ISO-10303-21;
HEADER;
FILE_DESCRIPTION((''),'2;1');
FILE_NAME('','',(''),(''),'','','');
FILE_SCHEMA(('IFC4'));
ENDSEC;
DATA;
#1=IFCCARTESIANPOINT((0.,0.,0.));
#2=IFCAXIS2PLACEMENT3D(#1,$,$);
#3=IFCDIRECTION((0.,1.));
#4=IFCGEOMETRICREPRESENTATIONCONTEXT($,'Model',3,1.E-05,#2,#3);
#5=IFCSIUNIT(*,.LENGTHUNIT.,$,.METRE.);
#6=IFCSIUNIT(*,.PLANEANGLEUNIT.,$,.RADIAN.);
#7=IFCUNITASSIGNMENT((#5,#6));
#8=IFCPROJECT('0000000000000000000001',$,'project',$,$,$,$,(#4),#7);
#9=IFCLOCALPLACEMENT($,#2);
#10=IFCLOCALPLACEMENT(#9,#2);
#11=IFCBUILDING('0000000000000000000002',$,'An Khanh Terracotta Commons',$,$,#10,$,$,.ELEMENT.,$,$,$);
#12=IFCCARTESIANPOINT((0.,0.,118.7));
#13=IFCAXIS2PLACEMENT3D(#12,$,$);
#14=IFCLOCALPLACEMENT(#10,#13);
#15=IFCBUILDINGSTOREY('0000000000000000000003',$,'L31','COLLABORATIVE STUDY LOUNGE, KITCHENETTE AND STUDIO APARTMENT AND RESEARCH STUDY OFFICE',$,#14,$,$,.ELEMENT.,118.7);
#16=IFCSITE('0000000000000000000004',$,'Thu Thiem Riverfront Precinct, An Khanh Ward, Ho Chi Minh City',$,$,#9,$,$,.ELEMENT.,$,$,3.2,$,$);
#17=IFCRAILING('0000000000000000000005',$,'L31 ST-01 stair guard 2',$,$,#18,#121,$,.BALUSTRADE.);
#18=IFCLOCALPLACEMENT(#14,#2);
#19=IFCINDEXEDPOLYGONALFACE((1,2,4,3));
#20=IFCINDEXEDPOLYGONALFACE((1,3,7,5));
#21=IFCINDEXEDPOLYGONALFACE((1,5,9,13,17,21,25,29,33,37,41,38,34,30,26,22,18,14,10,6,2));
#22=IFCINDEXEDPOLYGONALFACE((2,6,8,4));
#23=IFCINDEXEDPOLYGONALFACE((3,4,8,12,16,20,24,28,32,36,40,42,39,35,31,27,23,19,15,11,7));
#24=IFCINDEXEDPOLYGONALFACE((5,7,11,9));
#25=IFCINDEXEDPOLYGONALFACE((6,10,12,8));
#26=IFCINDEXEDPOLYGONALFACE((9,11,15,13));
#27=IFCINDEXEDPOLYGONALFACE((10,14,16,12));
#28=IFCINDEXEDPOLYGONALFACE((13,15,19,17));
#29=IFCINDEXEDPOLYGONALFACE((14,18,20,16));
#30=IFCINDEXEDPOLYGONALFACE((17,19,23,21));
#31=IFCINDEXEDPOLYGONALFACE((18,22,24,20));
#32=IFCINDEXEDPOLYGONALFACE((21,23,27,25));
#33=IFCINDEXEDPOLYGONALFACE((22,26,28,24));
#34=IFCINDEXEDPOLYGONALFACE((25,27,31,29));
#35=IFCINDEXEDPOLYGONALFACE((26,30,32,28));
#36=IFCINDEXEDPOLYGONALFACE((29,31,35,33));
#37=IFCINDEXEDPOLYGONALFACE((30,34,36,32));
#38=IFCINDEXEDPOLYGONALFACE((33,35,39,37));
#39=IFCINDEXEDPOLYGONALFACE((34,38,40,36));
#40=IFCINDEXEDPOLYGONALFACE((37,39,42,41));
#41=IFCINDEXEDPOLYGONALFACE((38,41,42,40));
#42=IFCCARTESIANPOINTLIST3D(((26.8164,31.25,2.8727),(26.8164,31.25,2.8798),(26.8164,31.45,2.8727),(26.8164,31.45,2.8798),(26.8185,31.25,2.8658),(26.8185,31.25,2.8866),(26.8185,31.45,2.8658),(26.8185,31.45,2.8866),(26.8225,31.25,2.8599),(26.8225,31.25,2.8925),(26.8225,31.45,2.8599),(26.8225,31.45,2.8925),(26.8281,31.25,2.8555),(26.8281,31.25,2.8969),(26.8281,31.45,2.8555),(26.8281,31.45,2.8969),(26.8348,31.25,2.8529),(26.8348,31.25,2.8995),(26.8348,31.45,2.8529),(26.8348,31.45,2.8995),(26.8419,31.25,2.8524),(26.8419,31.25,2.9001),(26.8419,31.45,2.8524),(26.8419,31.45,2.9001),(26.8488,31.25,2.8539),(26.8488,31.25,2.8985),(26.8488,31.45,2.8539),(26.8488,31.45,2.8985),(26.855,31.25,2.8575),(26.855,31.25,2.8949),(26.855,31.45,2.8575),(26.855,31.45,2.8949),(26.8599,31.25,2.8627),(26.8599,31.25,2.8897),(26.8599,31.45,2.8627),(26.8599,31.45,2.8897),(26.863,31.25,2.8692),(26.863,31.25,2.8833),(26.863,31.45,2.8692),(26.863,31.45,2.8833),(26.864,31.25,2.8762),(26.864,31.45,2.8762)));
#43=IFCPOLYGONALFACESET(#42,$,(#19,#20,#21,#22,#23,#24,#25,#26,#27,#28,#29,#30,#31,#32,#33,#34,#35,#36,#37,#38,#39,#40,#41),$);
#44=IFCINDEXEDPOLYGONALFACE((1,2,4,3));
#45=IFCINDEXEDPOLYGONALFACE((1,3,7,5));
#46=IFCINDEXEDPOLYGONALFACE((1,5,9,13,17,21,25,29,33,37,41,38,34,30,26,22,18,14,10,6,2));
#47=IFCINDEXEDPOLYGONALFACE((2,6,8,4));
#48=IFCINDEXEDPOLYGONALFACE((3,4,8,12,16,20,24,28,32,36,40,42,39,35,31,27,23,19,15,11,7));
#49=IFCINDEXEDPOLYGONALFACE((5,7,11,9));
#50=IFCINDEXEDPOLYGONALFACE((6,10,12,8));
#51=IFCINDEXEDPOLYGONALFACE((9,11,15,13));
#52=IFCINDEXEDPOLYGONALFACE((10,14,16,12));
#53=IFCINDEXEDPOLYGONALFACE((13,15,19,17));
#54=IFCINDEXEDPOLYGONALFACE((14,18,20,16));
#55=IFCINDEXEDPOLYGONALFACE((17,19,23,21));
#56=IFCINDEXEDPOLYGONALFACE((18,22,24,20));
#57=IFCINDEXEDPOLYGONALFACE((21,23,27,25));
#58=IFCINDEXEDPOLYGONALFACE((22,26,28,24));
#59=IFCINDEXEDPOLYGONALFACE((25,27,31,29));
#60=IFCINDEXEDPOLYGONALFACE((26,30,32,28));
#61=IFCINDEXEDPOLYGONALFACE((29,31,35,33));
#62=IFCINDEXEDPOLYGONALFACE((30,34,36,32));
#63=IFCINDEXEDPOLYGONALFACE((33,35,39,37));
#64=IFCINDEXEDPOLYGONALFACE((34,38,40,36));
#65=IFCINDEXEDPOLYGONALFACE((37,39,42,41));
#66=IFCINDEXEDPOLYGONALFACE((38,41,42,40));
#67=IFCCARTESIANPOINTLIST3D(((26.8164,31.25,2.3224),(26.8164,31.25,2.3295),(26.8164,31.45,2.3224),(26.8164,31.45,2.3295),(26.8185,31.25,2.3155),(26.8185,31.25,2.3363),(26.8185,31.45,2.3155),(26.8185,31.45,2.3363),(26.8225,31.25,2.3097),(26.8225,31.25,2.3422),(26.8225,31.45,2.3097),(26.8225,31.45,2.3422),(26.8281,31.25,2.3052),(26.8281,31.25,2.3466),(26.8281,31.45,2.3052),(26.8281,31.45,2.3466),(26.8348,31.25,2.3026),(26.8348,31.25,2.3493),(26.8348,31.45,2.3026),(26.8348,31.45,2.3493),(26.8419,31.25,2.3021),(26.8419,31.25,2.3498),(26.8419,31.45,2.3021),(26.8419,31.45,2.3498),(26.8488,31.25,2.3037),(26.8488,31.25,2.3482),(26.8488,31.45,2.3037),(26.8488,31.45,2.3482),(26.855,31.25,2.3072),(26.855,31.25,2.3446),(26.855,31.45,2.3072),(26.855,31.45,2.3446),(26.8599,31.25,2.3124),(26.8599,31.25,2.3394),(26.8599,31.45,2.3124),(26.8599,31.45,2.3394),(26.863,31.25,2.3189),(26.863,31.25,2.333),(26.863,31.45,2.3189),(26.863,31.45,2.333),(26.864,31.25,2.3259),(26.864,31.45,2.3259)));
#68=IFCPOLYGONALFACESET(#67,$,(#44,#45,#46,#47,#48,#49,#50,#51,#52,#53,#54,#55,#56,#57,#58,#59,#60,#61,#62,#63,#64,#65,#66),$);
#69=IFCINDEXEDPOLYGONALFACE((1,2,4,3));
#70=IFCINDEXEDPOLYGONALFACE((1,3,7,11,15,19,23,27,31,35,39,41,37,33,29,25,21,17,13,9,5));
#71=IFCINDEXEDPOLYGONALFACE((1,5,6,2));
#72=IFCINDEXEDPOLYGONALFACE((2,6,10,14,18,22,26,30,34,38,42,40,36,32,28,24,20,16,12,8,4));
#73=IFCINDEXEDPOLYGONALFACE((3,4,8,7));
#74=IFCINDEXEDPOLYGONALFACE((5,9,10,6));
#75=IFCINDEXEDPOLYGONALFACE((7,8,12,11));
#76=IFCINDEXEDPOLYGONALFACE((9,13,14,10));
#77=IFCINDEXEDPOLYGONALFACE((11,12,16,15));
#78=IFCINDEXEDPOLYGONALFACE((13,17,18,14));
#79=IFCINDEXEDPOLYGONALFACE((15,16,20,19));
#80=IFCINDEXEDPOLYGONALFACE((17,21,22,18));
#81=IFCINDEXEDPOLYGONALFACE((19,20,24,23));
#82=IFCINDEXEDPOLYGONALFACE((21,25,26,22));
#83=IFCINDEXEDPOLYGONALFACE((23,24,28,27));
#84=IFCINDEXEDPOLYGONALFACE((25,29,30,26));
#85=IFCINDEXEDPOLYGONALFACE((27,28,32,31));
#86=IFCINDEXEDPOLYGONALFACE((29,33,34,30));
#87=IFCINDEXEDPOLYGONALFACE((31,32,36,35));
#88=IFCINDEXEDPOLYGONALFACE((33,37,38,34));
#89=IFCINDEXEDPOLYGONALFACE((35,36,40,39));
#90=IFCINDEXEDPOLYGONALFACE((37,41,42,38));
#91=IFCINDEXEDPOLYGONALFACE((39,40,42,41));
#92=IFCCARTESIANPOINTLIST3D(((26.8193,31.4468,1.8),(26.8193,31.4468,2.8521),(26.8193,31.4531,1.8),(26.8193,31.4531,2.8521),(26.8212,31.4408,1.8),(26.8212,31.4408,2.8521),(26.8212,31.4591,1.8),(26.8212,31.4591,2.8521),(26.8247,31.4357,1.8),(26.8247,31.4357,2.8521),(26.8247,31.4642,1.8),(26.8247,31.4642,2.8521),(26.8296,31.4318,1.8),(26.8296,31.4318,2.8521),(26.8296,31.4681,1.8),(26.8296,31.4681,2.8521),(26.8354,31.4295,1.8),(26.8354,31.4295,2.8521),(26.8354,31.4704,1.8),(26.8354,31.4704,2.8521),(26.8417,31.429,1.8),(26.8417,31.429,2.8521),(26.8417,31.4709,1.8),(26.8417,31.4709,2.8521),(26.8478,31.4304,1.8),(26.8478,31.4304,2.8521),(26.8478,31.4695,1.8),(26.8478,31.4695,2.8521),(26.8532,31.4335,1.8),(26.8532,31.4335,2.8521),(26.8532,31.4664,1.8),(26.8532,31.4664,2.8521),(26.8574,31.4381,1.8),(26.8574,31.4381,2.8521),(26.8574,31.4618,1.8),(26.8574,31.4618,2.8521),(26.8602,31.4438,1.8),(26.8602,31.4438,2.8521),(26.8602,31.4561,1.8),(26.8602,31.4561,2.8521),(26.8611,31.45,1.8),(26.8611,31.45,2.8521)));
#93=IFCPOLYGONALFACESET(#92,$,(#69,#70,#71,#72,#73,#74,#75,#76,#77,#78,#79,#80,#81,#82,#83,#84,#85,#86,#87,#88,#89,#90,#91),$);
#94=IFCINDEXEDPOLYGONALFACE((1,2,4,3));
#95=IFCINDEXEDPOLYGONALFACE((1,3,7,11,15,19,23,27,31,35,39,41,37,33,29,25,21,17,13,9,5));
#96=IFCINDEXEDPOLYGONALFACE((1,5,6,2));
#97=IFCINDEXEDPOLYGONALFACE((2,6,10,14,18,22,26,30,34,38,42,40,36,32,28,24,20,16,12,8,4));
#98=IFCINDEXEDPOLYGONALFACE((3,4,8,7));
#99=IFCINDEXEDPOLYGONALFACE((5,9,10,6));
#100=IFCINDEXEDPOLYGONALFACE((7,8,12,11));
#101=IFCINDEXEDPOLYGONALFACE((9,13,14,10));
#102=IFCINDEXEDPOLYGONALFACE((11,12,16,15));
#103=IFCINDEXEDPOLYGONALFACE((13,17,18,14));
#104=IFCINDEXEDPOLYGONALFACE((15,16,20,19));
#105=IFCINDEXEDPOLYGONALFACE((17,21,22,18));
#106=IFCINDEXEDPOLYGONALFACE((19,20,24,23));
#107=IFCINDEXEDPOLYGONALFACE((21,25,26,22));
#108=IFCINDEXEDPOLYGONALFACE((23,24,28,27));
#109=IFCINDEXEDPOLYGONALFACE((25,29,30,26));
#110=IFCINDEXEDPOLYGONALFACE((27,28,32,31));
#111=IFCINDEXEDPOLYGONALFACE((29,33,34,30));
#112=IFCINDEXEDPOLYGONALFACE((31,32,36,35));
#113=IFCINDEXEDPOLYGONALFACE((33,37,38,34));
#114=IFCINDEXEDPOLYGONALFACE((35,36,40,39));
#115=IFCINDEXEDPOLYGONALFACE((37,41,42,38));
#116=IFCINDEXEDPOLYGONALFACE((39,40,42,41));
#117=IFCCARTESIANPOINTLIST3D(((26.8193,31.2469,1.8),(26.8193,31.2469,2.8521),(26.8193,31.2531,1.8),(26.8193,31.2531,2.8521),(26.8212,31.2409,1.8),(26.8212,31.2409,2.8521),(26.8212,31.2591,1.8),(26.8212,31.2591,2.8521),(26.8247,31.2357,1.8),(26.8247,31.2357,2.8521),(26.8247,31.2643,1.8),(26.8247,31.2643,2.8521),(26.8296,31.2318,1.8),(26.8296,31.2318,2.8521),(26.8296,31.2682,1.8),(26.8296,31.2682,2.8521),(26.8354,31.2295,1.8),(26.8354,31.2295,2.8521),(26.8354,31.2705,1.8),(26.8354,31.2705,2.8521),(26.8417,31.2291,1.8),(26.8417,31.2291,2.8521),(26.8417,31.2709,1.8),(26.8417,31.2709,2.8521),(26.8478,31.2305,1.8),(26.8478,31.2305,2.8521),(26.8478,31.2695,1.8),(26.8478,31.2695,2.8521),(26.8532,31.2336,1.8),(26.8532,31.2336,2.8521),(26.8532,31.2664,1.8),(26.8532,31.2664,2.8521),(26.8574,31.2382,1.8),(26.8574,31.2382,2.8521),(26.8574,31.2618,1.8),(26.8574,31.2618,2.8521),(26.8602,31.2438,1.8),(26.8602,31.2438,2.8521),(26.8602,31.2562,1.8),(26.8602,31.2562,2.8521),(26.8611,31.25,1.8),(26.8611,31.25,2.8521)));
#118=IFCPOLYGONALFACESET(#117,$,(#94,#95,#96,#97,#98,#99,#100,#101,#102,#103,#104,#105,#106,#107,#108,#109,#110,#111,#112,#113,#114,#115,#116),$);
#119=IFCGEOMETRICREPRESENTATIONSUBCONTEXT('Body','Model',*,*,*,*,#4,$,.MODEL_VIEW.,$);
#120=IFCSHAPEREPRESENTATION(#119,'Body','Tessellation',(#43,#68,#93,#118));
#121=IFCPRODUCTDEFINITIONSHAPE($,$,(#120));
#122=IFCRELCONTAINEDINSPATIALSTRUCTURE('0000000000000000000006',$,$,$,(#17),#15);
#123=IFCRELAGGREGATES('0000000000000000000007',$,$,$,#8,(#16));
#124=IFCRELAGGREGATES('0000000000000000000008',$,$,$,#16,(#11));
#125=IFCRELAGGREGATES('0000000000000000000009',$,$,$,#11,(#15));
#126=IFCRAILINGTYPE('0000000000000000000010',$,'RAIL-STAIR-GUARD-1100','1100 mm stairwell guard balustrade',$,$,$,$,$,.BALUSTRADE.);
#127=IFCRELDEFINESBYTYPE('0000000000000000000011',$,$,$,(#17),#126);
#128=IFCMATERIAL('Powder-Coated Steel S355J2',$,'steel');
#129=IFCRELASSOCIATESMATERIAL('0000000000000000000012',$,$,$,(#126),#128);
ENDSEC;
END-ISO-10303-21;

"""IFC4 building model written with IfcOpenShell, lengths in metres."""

from ifc_helpers import new_model, si_unit, direction, frame, origin, origin_2d, place, context, subcontext, project, spatial, circle, extrude, material, type_object, element, save


model = new_model("IFC4")

# Units and contexts
model_context = context("Model", 3, precision=1e-05, world=origin(), true_north=direction((0.0, 1.0)))
body_context = subcontext(model_context, "Body", "Model", "MODEL_VIEW")
ifc_project = project(units=[si_unit("LENGTHUNIT", "METRE"), si_unit("PLANEANGLEUNIT", "RADIAN")], contexts=[model_context])

# Site, building, storey
site_placement = place(None, origin())
site = spatial("IfcSite", under=ifc_project, at=site_placement, Name="Thu Thiem Riverfront Precinct, An Khanh Ward, Ho Chi Minh City", CompositionType="ELEMENT", RefElevation=3.2)
building_placement = place(site_placement, origin())
building = spatial("IfcBuilding", under=site, at=building_placement, Name="An Khanh Terracotta Commons", CompositionType="ELEMENT")
storey_placement = place(building_placement, frame((0.0, 0.0, 118.7)))
storey = spatial("IfcBuildingStorey", under=building, at=storey_placement, Name="L31", Description="COLLABORATIVE STUDY LOUNGE, KITCHENETTE AND STUDIO APARTMENT AND RESEARCH STUDY OFFICE", CompositionType="ELEMENT", Elevation=118.7)

# Railing
ifc_material_1 = material(Name="Powder-Coated Steel S355J2", Category="steel")
railing_type_1 = type_object("IfcRailingType", Name="RAIL-STAIR-GUARD-1100", Description="1100 mm stairwell guard balustrade", PredefinedType="BALUSTRADE", material=ifc_material_1)
railing_1_placement = place(storey_placement, frame((26.8401, 31.45, 1.8)))
element("IfcRailing", 1, at=railing_1_placement, inside=storey, type_object=railing_type_1, Name="L31 ST-01 stair guard 2", PredefinedType="BALUSTRADE", context=body_context, shape_type="SweptSolid", body=[
    extrude(circle(Radius=0.0239, at=origin_2d()), frame((0.0, 0.0, 1.0762), z_axis=(0.0, -1.0, 0.0), x_axis=(1.0, 0.0, 0.0)), (0.0, 0.0, 1.0), 0.2),
    extrude(circle(Radius=0.0239, at=origin_2d()), frame((0.0, 0.0, 0.5259), z_axis=(0.0, -1.0, 0.0), x_axis=(1.0, 0.0, 0.0)), (0.0, 0.0, 1.0), 0.2),
    extrude(circle(Radius=0.021, at=origin_2d()), origin(), (0.0, 0.0, 1.0), 1.052),
    extrude(circle(Radius=0.021, at=origin_2d()), frame((0.0, -0.2, 0.0)), (0.0, 0.0, 1.0), 1.052),
])

save(model, "model.ifc")
